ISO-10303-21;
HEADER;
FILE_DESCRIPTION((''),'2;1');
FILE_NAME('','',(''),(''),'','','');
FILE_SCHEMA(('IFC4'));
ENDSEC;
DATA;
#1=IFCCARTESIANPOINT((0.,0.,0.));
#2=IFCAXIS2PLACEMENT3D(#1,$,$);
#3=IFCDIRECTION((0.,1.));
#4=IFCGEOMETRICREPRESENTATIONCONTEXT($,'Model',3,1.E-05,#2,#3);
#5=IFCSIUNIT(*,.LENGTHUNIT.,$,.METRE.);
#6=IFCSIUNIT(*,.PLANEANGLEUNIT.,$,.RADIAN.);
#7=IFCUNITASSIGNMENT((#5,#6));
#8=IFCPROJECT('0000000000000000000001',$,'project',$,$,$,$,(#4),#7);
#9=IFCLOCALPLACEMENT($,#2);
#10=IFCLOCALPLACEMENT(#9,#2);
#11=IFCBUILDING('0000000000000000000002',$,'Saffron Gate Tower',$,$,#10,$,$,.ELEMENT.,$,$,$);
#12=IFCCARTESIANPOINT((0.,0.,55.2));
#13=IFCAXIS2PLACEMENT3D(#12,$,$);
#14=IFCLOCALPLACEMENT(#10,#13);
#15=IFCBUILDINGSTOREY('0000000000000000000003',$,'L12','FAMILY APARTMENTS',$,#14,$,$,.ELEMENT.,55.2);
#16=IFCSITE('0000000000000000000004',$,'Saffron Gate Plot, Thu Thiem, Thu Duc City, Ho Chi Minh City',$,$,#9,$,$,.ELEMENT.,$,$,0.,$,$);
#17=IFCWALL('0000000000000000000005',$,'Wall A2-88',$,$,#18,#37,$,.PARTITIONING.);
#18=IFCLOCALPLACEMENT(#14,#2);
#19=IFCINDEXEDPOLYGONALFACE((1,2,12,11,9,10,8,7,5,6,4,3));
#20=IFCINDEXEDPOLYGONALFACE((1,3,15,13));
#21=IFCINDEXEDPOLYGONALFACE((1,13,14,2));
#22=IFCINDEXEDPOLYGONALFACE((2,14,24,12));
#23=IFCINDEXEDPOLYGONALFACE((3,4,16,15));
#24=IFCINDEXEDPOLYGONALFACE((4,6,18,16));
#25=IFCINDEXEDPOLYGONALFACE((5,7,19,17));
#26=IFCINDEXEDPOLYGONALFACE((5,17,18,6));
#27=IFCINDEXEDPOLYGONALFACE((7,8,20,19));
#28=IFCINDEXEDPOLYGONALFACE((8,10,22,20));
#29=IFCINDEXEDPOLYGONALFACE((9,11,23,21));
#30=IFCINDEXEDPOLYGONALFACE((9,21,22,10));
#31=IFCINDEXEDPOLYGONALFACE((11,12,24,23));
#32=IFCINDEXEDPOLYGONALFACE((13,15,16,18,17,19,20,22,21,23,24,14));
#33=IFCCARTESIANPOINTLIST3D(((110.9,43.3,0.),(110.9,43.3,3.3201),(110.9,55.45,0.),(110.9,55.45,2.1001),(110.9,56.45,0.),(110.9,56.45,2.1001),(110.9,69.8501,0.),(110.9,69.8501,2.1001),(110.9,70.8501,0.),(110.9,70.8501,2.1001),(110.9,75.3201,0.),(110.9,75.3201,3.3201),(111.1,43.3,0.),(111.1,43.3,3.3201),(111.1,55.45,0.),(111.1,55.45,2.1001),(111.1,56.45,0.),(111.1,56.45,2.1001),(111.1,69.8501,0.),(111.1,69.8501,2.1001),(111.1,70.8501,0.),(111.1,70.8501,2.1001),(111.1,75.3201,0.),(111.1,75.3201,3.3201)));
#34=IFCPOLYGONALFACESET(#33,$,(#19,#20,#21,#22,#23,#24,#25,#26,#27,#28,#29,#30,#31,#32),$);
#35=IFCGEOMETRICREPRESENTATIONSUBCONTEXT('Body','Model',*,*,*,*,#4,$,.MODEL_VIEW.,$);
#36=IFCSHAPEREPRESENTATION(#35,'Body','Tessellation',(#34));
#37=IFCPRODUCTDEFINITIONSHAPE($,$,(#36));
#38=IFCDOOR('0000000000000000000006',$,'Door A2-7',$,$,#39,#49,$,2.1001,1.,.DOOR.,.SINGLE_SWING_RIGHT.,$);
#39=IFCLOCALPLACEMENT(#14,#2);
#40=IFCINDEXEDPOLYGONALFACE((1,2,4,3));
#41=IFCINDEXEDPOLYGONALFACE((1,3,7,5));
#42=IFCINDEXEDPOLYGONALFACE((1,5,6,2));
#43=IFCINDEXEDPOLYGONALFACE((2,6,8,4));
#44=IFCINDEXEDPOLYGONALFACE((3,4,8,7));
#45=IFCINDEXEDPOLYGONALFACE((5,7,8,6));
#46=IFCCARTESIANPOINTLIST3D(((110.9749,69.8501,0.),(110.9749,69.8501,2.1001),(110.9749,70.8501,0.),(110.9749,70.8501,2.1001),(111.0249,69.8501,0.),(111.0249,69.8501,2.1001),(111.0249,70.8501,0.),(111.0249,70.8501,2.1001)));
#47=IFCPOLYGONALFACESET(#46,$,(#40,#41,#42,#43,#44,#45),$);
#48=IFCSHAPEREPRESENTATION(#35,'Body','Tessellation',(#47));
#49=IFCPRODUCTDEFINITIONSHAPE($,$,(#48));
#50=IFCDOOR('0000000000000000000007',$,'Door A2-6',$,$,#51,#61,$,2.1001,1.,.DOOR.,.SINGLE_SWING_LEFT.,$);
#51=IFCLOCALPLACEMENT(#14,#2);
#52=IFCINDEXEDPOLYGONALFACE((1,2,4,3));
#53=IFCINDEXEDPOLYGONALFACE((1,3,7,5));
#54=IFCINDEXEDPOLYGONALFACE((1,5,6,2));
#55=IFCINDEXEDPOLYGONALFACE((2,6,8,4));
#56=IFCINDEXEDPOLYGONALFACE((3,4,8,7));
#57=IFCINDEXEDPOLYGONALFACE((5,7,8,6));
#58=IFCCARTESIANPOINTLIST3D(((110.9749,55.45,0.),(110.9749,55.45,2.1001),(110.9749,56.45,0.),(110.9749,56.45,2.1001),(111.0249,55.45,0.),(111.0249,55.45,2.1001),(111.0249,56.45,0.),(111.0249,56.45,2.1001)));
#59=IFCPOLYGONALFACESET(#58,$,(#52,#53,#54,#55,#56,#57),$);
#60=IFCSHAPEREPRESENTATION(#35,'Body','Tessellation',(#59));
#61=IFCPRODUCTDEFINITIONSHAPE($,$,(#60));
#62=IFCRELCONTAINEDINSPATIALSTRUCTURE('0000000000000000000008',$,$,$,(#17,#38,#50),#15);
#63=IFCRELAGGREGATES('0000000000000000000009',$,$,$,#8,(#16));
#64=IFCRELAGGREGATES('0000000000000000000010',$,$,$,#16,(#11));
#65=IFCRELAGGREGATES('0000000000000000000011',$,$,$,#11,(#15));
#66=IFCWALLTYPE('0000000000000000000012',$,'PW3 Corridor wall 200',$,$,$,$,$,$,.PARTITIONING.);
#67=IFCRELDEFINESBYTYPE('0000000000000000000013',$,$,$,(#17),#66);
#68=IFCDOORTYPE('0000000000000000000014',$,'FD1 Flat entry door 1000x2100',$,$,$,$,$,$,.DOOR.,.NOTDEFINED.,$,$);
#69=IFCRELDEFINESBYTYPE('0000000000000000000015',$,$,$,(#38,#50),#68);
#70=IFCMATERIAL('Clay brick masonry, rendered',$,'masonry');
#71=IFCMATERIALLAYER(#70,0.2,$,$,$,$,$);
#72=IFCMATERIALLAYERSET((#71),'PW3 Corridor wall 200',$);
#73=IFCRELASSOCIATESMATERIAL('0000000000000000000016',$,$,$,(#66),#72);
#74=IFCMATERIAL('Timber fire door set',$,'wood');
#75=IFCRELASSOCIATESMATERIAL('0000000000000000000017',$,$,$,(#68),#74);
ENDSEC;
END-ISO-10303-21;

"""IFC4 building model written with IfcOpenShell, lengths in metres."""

from ifc_helpers import new_model, si_unit, direction, frame, frame_2d, origin, place, context, subcontext, project, spatial, rectangle, extrude, material, layer, layer_set, type_object, element, fill, save


model = new_model("IFC4")

# Units and contexts
model_context = context("Model", 3, precision=1e-05, world=origin(), true_north=direction((0.0, 1.0)))
body_context = subcontext(model_context, "Body", "Model", "MODEL_VIEW")
ifc_project = project(units=[si_unit("LENGTHUNIT", "METRE"), si_unit("PLANEANGLEUNIT", "RADIAN")], contexts=[model_context])

# Site, building, storey
site_placement = place(None, origin())
site = spatial("IfcSite", under=ifc_project, at=site_placement, Name="Saffron Gate Plot, Thu Thiem, Thu Duc City, Ho Chi Minh City", CompositionType="ELEMENT", RefElevation=0.0)
building_placement = place(site_placement, origin())
building = spatial("IfcBuilding", under=site, at=building_placement, Name="Saffron Gate Tower", CompositionType="ELEMENT")
storey_placement = place(building_placement, frame((0.0, 0.0, 55.2)))
storey = spatial("IfcBuildingStorey", under=building, at=storey_placement, Name="L12", Description="FAMILY APARTMENTS", CompositionType="ELEMENT", Elevation=55.2)

# Wall, openings, doors
ifc_material_1 = material(Name="Clay brick masonry, rendered", Category="masonry")
ifc_layer_1 = layer(ifc_material_1, 0.2)
ifc_layer_set_1 = layer_set([ifc_layer_1], Name="PW3 Corridor wall 200")
wall_type_1 = type_object("IfcWallType", Name="PW3 Corridor wall 200", PredefinedType="PARTITIONING", material=ifc_layer_set_1)
wall_1_placement = place(storey_placement, frame((111.0, 75.3201, 0.0), z_axis=(0.0, 0.0, 1.0), x_axis=(0.0, -1.0, 0.0)))
wall_1 = element("IfcWall", 1, at=wall_1_placement, inside=storey, type_object=wall_type_1, Name="Wall A2-88", PredefinedType="PARTITIONING", context=body_context, shape_type="SweptSolid", body=[
    extrude(rectangle(XDim=32.02, YDim=0.2, at=frame_2d((16.01, 0.0))), origin(), (0.0, 0.0, 1.0), 3.3201),
])
opening_1_placement = place(wall_1_placement, frame((4.47, 0.0, 0.0)))
opening_1 = element("IfcOpeningElement", 2, at=opening_1_placement, cuts=wall_1, PredefinedType="OPENING", context=body_context, shape_type="SweptSolid", body=[
    extrude(rectangle(XDim=1.0, YDim=2.1001, at=frame_2d((0.5, 1.05))), frame((0.0, 0.1099, 0.0), z_axis=(0.0, -1.0, 0.0), x_axis=(1.0, 0.0, 0.0)), (0.0, 0.0, 1.0), 0.22),
])
opening_2_placement = place(wall_1_placement, frame((18.8701, 0.0, 0.0)))
opening_2 = element("IfcOpeningElement", 3, at=opening_2_placement, cuts=wall_1, PredefinedType="OPENING", context=body_context, shape_type="SweptSolid", body=[
    extrude(rectangle(XDim=1.0, YDim=2.1001, at=frame_2d((0.5, 1.05))), frame((0.0, 0.1099, 0.0), z_axis=(0.0, -1.0, 0.0), x_axis=(1.0, 0.0, 0.0)), (0.0, 0.0, 1.0), 0.22),
])
ifc_material_2 = material(Name="Timber fire door set", Category="wood")
door_type_1 = type_object("IfcDoorType", Name="FD1 Flat entry door 1000x2100", OperationType="NOTDEFINED", PredefinedType="DOOR", material=ifc_material_2)
door_1_placement = place(opening_1_placement, origin())
door_1 = element("IfcDoor", 4, at=door_1_placement, inside=storey, type_object=door_type_1, Name="Door A2-7", OperationType="SINGLE_SWING_RIGHT", OverallHeight=2.1001, OverallWidth=1.0, PredefinedType="DOOR", context=body_context, shape_type="SweptSolid", body=[
    extrude(rectangle(XDim=1.0, YDim=2.1001, at=frame_2d((0.5, 1.05))), frame((0.0, 0.0249, 0.0), z_axis=(0.0, -1.0, 0.0), x_axis=(1.0, 0.0, 0.0)), (0.0, 0.0, 1.0), 0.05),
])
fill(opening_1, door_1)
door_2_placement = place(opening_2_placement, origin())
door_2 = element("IfcDoor", 5, at=door_2_placement, inside=storey, type_object=door_type_1, Name="Door A2-6", OperationType="SINGLE_SWING_LEFT", OverallHeight=2.1001, OverallWidth=1.0, PredefinedType="DOOR", context=body_context, shape_type="SweptSolid", body=[
    extrude(rectangle(XDim=1.0, YDim=2.1001, at=frame_2d((0.5, 1.05))), frame((0.0, 0.0249, 0.0), z_axis=(0.0, -1.0, 0.0), x_axis=(1.0, 0.0, 0.0)), (0.0, 0.0, 1.0), 0.05),
])
fill(opening_2, door_2)

save(model, "model.ifc")
